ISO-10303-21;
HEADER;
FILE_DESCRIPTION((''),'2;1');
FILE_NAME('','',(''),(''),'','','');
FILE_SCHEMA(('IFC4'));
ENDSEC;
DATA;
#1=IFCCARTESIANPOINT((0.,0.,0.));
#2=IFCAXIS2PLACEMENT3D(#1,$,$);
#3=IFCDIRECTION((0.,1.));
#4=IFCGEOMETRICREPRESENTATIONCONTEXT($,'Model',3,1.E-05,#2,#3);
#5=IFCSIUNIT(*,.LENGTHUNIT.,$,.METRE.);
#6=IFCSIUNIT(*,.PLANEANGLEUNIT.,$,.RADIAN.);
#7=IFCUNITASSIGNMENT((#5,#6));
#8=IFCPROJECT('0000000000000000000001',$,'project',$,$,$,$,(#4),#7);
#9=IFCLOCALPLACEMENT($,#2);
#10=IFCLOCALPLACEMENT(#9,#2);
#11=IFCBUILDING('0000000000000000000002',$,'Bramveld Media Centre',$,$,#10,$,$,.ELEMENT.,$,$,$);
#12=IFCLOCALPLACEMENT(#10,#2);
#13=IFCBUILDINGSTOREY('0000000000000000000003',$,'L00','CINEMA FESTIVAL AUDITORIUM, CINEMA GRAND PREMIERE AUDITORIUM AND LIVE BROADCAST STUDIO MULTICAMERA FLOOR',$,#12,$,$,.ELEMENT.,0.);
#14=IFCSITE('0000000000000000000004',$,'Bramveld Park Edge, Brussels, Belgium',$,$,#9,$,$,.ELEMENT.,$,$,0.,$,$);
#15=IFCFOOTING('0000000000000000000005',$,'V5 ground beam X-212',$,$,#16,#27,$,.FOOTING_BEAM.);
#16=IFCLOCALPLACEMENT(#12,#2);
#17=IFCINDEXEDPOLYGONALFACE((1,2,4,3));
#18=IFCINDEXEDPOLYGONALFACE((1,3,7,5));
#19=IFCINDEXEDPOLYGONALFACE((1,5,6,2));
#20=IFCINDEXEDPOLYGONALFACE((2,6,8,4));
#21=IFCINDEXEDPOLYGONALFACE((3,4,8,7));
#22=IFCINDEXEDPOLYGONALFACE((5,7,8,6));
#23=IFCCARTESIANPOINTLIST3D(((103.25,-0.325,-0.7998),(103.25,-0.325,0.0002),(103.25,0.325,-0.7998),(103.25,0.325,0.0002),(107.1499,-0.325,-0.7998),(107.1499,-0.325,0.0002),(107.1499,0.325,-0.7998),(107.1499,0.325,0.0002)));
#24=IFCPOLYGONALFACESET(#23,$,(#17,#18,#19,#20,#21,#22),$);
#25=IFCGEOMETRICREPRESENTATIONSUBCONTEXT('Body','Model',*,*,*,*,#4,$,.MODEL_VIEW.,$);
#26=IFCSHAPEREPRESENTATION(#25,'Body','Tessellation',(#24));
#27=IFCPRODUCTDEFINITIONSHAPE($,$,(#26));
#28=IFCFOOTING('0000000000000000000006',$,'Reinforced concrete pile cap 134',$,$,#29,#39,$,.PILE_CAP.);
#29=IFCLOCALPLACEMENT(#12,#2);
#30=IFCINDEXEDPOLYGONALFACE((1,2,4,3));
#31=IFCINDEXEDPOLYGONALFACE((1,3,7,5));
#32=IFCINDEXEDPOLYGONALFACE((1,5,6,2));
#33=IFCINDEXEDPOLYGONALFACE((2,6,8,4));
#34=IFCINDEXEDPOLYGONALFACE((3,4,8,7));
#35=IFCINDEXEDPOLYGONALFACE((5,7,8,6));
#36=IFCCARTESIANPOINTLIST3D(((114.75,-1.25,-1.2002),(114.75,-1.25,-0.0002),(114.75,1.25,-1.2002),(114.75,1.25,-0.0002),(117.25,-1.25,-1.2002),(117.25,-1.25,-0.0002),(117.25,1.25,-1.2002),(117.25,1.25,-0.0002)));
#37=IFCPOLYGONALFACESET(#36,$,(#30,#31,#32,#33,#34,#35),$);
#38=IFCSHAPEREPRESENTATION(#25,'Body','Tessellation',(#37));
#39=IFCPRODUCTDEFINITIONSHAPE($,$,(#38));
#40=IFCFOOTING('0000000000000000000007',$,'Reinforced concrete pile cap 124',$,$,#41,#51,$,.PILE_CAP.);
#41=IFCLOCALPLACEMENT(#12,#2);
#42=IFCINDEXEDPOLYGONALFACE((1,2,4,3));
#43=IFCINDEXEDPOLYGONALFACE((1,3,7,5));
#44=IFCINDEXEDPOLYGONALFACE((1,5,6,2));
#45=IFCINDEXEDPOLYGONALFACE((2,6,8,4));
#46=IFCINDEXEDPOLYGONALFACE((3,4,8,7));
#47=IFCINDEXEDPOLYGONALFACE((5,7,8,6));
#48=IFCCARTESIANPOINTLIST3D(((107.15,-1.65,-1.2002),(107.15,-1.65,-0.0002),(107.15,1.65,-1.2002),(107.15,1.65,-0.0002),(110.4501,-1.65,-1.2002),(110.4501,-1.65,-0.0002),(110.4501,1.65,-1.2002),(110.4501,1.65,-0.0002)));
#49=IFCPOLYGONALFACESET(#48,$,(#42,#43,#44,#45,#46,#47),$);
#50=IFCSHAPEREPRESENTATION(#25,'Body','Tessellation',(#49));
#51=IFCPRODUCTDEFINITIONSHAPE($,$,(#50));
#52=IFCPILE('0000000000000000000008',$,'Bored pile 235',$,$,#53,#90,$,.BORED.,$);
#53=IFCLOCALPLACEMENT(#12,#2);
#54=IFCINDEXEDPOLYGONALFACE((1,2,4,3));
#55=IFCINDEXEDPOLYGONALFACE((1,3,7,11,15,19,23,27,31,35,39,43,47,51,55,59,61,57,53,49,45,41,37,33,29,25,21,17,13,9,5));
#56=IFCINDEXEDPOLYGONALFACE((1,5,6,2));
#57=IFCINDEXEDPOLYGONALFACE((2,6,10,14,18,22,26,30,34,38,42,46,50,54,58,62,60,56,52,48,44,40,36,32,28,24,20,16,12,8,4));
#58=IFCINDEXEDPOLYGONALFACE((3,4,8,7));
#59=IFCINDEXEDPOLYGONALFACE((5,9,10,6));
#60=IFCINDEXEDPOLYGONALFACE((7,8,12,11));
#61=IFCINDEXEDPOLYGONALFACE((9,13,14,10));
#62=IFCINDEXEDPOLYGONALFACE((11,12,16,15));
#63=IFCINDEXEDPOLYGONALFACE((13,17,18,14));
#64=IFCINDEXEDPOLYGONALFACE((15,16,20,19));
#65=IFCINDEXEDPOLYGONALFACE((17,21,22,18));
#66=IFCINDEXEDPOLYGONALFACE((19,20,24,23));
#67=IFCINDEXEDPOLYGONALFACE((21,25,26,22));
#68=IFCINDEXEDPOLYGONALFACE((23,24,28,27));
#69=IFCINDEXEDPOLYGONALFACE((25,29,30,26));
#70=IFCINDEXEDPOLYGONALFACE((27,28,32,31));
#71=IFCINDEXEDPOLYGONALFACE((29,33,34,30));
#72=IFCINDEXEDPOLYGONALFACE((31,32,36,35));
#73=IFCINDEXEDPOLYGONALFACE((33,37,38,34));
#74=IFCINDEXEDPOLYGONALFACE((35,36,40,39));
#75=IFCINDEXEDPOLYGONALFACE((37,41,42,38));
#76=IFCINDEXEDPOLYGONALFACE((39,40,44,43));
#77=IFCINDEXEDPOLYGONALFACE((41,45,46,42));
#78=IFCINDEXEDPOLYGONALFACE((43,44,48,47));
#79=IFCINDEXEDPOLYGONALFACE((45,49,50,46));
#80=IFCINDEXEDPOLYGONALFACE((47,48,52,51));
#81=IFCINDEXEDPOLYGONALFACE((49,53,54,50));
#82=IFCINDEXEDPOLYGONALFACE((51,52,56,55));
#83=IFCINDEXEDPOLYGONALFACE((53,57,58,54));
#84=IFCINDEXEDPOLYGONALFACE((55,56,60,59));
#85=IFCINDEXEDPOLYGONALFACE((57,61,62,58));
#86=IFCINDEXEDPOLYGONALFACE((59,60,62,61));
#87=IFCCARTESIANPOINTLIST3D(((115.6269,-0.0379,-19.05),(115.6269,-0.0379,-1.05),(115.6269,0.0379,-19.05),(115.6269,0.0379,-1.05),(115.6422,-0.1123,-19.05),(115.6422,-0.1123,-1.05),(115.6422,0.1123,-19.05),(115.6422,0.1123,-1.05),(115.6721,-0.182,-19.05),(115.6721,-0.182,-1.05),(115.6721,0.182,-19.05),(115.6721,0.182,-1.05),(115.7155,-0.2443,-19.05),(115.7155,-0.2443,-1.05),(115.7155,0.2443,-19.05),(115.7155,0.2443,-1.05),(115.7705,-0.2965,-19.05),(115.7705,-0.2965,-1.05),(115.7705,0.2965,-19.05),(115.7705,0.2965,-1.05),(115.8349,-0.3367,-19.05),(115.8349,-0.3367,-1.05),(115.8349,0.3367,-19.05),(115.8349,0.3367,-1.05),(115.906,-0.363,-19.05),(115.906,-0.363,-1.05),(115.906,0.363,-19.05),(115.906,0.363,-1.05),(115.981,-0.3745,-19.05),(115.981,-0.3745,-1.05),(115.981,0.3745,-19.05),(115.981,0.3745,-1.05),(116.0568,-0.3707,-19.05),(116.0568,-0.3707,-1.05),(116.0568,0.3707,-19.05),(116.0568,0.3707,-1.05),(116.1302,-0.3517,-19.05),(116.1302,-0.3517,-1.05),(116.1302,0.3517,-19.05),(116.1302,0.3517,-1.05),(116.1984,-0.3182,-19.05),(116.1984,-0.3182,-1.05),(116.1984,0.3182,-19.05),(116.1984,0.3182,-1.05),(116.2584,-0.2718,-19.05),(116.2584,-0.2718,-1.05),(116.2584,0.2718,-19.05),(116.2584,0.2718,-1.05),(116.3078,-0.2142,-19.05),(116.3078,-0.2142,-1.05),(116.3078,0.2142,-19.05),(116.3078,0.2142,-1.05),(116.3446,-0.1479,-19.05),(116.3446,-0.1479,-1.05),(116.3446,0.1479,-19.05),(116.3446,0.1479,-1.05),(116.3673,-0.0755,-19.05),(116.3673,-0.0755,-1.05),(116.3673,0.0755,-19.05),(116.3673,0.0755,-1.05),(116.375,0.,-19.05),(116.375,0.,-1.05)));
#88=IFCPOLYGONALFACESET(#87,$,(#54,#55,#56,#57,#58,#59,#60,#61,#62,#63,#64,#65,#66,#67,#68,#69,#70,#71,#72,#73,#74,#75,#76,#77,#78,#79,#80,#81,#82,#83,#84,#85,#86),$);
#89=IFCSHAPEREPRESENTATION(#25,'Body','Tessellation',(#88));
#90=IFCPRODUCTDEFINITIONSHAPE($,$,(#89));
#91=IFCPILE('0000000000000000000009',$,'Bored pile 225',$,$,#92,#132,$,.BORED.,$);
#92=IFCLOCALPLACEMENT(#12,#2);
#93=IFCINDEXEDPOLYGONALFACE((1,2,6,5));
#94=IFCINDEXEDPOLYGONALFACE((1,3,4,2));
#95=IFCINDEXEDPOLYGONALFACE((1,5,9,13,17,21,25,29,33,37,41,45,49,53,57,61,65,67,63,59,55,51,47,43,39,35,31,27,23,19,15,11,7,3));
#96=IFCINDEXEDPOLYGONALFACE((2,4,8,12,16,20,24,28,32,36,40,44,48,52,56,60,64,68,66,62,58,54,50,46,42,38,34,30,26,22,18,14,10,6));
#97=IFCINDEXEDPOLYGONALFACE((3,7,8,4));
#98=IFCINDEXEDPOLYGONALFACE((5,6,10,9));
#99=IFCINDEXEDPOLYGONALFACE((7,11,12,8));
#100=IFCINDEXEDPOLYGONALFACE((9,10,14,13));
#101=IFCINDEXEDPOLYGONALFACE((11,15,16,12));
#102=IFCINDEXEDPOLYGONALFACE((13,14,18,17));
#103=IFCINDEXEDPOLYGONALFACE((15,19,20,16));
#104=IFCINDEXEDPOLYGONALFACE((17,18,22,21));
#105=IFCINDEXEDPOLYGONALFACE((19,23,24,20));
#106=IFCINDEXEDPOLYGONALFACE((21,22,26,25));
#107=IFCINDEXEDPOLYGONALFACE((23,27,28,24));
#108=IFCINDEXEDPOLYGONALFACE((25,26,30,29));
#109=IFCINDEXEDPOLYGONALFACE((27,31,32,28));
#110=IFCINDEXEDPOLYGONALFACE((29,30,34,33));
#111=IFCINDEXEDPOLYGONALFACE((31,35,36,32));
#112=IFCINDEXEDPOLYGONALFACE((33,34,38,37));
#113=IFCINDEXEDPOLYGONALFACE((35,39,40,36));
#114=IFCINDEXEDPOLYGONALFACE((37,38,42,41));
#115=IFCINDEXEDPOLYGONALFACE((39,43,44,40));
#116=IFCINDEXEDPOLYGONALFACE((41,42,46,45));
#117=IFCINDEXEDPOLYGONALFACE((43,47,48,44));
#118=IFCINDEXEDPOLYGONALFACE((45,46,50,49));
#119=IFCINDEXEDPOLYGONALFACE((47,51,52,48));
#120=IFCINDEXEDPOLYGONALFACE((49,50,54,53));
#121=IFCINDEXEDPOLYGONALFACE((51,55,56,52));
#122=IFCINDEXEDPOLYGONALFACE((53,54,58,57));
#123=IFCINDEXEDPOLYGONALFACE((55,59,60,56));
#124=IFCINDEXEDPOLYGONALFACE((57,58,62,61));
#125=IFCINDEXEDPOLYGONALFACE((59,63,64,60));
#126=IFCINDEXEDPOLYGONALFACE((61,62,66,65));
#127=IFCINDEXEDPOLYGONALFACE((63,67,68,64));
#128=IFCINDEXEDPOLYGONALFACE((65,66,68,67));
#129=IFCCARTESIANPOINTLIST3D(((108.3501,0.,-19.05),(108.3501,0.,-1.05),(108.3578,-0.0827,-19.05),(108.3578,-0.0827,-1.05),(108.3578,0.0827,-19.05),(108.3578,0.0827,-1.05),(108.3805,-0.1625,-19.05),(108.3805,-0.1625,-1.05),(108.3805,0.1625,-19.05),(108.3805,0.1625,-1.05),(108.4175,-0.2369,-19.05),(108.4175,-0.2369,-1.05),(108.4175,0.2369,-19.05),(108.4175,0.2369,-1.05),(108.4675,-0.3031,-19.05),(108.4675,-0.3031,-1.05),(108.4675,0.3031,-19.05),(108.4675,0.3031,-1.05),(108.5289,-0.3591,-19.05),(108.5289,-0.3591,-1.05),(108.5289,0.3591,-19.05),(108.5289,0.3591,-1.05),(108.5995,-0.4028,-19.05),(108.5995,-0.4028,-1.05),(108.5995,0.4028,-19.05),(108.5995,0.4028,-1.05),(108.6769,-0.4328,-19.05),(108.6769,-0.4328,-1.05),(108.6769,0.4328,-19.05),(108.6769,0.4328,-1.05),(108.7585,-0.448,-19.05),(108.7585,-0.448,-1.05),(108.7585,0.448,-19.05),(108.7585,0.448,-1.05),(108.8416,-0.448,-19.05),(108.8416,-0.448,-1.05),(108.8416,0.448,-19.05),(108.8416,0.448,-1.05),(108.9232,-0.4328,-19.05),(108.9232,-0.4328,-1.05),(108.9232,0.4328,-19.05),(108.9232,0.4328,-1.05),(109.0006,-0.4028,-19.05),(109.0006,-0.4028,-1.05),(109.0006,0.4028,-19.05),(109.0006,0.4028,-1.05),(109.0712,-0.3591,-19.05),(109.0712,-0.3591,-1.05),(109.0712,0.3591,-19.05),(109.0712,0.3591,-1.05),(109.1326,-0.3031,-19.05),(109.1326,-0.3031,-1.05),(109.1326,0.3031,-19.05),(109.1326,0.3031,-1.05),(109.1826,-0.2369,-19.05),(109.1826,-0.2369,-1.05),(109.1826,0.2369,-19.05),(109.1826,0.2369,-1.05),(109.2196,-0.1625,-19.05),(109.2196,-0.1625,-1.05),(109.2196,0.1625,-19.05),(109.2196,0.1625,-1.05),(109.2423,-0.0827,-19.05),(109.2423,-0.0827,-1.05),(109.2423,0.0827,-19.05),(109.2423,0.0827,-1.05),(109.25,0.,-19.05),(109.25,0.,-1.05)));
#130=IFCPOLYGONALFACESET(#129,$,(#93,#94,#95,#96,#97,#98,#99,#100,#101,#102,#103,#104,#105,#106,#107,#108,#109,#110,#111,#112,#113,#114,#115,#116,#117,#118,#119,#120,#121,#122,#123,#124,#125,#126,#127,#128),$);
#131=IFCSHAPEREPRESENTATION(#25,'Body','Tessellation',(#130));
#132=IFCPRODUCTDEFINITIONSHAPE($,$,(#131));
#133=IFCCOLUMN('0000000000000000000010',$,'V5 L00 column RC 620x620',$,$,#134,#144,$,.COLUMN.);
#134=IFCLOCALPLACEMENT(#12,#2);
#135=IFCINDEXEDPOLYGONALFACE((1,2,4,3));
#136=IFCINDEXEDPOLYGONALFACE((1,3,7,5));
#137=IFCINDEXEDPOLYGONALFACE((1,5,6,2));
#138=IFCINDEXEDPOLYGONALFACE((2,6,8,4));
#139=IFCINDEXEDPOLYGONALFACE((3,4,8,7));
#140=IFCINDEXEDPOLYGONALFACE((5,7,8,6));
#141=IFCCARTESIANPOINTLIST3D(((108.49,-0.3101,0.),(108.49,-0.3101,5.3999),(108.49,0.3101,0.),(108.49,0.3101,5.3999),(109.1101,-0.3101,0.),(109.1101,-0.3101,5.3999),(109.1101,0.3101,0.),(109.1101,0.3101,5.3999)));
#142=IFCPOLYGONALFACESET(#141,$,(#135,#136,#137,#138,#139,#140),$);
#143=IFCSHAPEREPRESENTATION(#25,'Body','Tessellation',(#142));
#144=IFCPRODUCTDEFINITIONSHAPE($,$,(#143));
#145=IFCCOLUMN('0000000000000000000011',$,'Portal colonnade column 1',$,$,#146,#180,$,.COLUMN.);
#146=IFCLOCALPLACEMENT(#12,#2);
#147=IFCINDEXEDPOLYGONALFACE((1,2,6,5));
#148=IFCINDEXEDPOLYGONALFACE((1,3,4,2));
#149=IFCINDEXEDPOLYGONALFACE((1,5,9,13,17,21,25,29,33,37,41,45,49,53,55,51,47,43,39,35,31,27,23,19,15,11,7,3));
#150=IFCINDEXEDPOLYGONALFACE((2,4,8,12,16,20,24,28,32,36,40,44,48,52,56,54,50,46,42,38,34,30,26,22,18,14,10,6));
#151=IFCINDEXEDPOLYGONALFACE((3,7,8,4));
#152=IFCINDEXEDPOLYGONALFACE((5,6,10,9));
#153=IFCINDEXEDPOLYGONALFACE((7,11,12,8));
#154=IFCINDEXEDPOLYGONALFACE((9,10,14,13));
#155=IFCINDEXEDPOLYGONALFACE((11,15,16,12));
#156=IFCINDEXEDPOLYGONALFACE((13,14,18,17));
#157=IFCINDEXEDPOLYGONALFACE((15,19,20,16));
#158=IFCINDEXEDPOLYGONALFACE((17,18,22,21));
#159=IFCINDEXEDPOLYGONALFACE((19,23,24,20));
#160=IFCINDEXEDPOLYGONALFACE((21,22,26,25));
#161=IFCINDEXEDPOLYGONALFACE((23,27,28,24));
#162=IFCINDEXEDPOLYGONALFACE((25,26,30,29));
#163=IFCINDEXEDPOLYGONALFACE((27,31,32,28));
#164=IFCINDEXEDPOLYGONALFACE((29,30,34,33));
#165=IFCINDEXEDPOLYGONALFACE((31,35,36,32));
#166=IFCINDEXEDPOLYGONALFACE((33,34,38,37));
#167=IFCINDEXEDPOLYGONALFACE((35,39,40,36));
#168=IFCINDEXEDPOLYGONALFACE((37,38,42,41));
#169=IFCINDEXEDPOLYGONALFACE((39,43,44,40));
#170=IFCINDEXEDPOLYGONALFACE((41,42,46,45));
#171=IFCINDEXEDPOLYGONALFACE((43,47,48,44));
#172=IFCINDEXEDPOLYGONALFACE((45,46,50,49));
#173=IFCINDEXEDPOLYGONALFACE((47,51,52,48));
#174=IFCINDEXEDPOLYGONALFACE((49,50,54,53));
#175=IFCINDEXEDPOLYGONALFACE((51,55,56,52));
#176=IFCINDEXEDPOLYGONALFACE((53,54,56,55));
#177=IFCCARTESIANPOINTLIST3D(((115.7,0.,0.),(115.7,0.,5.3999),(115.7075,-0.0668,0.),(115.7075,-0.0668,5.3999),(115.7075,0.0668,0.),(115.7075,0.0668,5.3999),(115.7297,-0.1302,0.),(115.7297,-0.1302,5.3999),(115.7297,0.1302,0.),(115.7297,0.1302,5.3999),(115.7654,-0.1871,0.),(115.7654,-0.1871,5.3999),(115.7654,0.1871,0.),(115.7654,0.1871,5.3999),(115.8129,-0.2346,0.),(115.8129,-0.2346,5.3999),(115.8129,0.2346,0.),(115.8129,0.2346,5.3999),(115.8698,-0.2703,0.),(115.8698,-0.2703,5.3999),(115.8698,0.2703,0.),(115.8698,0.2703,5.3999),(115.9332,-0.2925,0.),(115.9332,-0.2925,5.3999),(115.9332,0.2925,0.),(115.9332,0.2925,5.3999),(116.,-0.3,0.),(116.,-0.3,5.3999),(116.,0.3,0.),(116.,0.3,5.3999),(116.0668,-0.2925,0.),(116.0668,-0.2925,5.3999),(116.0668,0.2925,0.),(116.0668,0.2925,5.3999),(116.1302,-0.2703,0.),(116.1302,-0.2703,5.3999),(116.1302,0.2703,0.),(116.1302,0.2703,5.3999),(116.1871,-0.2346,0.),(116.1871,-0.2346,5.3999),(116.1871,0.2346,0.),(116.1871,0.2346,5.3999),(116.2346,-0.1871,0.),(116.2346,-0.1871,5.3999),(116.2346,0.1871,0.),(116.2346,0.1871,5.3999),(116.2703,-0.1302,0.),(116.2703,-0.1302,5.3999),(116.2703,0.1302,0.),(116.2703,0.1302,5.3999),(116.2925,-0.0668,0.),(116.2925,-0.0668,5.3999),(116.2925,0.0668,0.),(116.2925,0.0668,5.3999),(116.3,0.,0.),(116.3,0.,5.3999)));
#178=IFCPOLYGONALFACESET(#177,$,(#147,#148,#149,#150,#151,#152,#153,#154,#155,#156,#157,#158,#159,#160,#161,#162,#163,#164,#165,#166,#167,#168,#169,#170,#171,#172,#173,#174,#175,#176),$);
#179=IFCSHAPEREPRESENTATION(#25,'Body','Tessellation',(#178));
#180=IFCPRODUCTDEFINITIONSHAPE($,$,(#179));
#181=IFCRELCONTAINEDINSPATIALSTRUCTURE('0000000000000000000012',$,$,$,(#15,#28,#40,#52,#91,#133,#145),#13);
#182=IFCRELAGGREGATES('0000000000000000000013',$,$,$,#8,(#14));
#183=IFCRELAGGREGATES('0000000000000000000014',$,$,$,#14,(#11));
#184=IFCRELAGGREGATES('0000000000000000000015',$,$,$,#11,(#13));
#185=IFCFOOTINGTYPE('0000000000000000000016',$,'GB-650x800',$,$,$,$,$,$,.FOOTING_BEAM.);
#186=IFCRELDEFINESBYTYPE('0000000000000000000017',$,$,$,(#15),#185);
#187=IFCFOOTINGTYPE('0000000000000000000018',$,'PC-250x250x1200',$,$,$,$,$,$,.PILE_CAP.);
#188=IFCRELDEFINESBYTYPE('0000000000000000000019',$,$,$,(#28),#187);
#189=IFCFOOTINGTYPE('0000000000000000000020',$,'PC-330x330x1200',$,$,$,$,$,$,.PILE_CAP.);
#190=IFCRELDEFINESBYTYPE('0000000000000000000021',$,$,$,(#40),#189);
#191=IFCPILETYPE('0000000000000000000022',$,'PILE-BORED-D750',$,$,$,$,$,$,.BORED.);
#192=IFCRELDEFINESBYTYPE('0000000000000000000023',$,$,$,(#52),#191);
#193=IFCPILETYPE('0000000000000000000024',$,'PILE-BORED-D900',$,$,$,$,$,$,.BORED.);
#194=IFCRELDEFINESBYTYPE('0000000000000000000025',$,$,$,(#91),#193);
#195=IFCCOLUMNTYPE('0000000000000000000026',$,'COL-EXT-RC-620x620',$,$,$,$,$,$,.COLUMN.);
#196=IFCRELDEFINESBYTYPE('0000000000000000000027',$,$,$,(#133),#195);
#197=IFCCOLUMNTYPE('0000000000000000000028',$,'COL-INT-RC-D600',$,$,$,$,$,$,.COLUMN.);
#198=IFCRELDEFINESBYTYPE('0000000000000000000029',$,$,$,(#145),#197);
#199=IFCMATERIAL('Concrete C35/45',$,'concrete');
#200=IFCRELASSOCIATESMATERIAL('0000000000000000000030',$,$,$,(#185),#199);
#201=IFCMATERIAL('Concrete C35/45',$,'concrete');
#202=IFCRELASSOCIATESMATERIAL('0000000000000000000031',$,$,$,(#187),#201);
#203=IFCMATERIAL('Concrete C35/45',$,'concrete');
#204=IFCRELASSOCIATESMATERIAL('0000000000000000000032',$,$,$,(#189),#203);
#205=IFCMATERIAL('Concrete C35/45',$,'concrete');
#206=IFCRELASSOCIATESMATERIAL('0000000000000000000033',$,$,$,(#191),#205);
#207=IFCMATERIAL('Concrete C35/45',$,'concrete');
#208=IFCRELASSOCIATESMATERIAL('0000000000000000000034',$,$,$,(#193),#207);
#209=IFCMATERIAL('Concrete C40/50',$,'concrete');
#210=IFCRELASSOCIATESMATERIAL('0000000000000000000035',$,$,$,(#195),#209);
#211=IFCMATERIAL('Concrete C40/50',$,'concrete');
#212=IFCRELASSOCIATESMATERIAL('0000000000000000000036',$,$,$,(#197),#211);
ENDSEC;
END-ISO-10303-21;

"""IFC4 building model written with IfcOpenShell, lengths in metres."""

from ifc_helpers import new_model, si_unit, direction, frame, origin, origin_2d, place, context, subcontext, project, spatial, rectangle, circle, extrude, material, material_profile, profile_set, type_object, element, save


model = new_model("IFC4")

# Units and contexts
model_context = context("Model", 3, precision=1e-05, world=origin(), true_north=direction((0.0, 1.0)))
body_context = subcontext(model_context, "Body", "Model", "MODEL_VIEW")
ifc_project = project(units=[si_unit("LENGTHUNIT", "METRE"), si_unit("PLANEANGLEUNIT", "RADIAN")], contexts=[model_context])

# Site, building, storey
site_placement = place(None, origin())
site = spatial("IfcSite", under=ifc_project, at=site_placement, Name="Bramveld Park Edge, Brussels, Belgium", CompositionType="ELEMENT", RefElevation=0.0)
building_placement = place(site_placement, origin())
building = spatial("IfcBuilding", under=site, at=building_placement, Name="Bramveld Media Centre", CompositionType="ELEMENT")
storey_placement = place(building_placement, origin())
storey = spatial("IfcBuildingStorey", under=building, at=storey_placement, Name="L00", Description="CINEMA FESTIVAL AUDITORIUM, CINEMA GRAND PREMIERE AUDITORIUM AND LIVE BROADCAST STUDIO MULTICAMERA FLOOR", CompositionType="ELEMENT", Elevation=0.0)

# Footings
ifc_material_1 = material(Name="Concrete C35/45", Category="concrete")
footing_type_1 = type_object("IfcFootingType", Name="GB-650x800", PredefinedType="FOOTING_BEAM", material=ifc_material_1)
footing_1_placement = place(storey_placement, frame((105.2, 0.0, -0.7998), z_axis=(0.0, 0.0, 1.0), x_axis=(1.0, 0.0, 0.0)))
element("IfcFooting", 1, at=footing_1_placement, inside=storey, type_object=footing_type_1, Name="V5 ground beam X-212", PredefinedType="FOOTING_BEAM", context=body_context, shape_type="SweptSolid", body=[
    extrude(rectangle(XDim=3.8999, YDim=0.6499, at=origin_2d()), origin(), (0.0, 0.0, 1.0), 0.8),
])
ifc_material_2 = material(Name="Concrete C35/45", Category="concrete")
footing_type_2 = type_object("IfcFootingType", Name="PC-250x250x1200", PredefinedType="PILE_CAP", material=ifc_material_2)
footing_2_placement = place(storey_placement, frame((116.0, 0.0, -1.2002), z_axis=(0.0, 0.0, 1.0), x_axis=(1.0, 0.0, 0.0)))
element("IfcFooting", 2, at=footing_2_placement, inside=storey, type_object=footing_type_2, Name="Reinforced concrete pile cap 134", PredefinedType="PILE_CAP", context=body_context, shape_type="SweptSolid", body=[
    extrude(rectangle(XDim=2.5, YDim=2.5, at=origin_2d()), origin(), (0.0, 0.0, 1.0), 1.2),
])
ifc_material_3 = material(Name="Concrete C35/45", Category="concrete")
footing_type_3 = type_object("IfcFootingType", Name="PC-330x330x1200", PredefinedType="PILE_CAP", material=ifc_material_3)
footing_3_placement = place(storey_placement, frame((108.8, 0.0, -1.2002), z_axis=(0.0, 0.0, 1.0), x_axis=(1.0, 0.0, 0.0)))
element("IfcFooting", 3, at=footing_3_placement, inside=storey, type_object=footing_type_3, Name="Reinforced concrete pile cap 124", PredefinedType="PILE_CAP", context=body_context, shape_type="SweptSolid", body=[
    extrude(rectangle(XDim=3.3, YDim=3.3, at=origin_2d()), origin(), (0.0, 0.0, 1.0), 1.2),
])

# Piles
ifc_material_4 = material(Name="Concrete C35/45", Category="concrete")
ifc_material_profile_1 = material_profile(ifc_material_4, circle(Radius=0.375, at=origin_2d()), Name="BORED D750")
ifc_profile_set_1 = profile_set([ifc_material_profile_1], Name="Concrete C35/45")
pile_type_1 = type_object("IfcPileType", Name="PILE-BORED-D750", PredefinedType="BORED", material=ifc_profile_set_1)
pile_1_placement = place(storey_placement, frame((116.0, 0.0, -1.05), z_axis=(0.0, 0.0, -1.0), x_axis=(1.0, 0.0, 0.0)))
element("IfcPile", 4, at=pile_1_placement, inside=storey, type_object=pile_type_1, Name="Bored pile 235", PredefinedType="BORED", context=body_context, shape_type="SweptSolid", body=[
    extrude(circle(Radius=0.375, at=origin_2d()), origin(), (0.0, 0.0, 1.0), 18.0),
])
ifc_material_5 = material(Name="Concrete C35/45", Category="concrete")
ifc_material_profile_2 = material_profile(ifc_material_5, circle(Radius=0.45, at=origin_2d()), Name="BORED D900")
ifc_profile_set_2 = profile_set([ifc_material_profile_2], Name="Concrete C35/45")
pile_type_2 = type_object("IfcPileType", Name="PILE-BORED-D900", PredefinedType="BORED", material=ifc_profile_set_2)
pile_2_placement = place(storey_placement, frame((108.8, 0.0, -1.05), z_axis=(0.0, 0.0, -1.0), x_axis=(1.0, 0.0, 0.0)))
element("IfcPile", 5, at=pile_2_placement, inside=storey, type_object=pile_type_2, Name="Bored pile 225", PredefinedType="BORED", context=body_context, shape_type="SweptSolid", body=[
    extrude(circle(Radius=0.45, at=origin_2d()), origin(), (0.0, 0.0, 1.0), 18.0),
])

# Columns
ifc_material_6 = material(Name="Concrete C40/50", Category="concrete")
ifc_material_profile_3 = material_profile(ifc_material_6, rectangle(XDim=0.6201, YDim=0.6201, at=origin_2d()), Name="RC 620x620")
ifc_profile_set_3 = profile_set([ifc_material_profile_3], Name="Concrete C40/50")
column_type_1 = type_object("IfcColumnType", Name="COL-EXT-RC-620x620", PredefinedType="COLUMN", material=ifc_profile_set_3)
column_1_placement = place(storey_placement, frame((108.8, 0.0, 0.0), z_axis=(0.0, 0.0, 1.0), x_axis=(1.0, 0.0, 0.0)))
element("IfcColumn", 6, at=column_1_placement, inside=storey, type_object=column_type_1, Name="V5 L00 column RC 620x620", PredefinedType="COLUMN", context=body_context, shape_type="SweptSolid", body=[
    extrude(rectangle(XDim=0.6201, YDim=0.6201, at=origin_2d()), origin(), (0.0, 0.0, 1.0), 5.3999),
])
ifc_material_7 = material(Name="Concrete C40/50", Category="concrete")
ifc_material_profile_4 = material_profile(ifc_material_7, circle(Radius=0.3, at=origin_2d()), Name="RC D600")
ifc_profile_set_4 = profile_set([ifc_material_profile_4], Name="Concrete C40/50")
column_type_2 = type_object("IfcColumnType", Name="COL-INT-RC-D600", PredefinedType="COLUMN", material=ifc_profile_set_4)
column_2_placement = place(storey_placement, frame((116.0, 0.0, 0.0), z_axis=(0.0, 0.0, 1.0), x_axis=(1.0, 0.0, 0.0)))
element("IfcColumn", 7, at=column_2_placement, inside=storey, type_object=column_type_2, Name="Portal colonnade column 1", PredefinedType="COLUMN", context=body_context, shape_type="SweptSolid", body=[
    extrude(circle(Radius=0.3, at=origin_2d()), origin(), (0.0, 0.0, 1.0), 5.3999),
])

save(model, "model.ifc")
